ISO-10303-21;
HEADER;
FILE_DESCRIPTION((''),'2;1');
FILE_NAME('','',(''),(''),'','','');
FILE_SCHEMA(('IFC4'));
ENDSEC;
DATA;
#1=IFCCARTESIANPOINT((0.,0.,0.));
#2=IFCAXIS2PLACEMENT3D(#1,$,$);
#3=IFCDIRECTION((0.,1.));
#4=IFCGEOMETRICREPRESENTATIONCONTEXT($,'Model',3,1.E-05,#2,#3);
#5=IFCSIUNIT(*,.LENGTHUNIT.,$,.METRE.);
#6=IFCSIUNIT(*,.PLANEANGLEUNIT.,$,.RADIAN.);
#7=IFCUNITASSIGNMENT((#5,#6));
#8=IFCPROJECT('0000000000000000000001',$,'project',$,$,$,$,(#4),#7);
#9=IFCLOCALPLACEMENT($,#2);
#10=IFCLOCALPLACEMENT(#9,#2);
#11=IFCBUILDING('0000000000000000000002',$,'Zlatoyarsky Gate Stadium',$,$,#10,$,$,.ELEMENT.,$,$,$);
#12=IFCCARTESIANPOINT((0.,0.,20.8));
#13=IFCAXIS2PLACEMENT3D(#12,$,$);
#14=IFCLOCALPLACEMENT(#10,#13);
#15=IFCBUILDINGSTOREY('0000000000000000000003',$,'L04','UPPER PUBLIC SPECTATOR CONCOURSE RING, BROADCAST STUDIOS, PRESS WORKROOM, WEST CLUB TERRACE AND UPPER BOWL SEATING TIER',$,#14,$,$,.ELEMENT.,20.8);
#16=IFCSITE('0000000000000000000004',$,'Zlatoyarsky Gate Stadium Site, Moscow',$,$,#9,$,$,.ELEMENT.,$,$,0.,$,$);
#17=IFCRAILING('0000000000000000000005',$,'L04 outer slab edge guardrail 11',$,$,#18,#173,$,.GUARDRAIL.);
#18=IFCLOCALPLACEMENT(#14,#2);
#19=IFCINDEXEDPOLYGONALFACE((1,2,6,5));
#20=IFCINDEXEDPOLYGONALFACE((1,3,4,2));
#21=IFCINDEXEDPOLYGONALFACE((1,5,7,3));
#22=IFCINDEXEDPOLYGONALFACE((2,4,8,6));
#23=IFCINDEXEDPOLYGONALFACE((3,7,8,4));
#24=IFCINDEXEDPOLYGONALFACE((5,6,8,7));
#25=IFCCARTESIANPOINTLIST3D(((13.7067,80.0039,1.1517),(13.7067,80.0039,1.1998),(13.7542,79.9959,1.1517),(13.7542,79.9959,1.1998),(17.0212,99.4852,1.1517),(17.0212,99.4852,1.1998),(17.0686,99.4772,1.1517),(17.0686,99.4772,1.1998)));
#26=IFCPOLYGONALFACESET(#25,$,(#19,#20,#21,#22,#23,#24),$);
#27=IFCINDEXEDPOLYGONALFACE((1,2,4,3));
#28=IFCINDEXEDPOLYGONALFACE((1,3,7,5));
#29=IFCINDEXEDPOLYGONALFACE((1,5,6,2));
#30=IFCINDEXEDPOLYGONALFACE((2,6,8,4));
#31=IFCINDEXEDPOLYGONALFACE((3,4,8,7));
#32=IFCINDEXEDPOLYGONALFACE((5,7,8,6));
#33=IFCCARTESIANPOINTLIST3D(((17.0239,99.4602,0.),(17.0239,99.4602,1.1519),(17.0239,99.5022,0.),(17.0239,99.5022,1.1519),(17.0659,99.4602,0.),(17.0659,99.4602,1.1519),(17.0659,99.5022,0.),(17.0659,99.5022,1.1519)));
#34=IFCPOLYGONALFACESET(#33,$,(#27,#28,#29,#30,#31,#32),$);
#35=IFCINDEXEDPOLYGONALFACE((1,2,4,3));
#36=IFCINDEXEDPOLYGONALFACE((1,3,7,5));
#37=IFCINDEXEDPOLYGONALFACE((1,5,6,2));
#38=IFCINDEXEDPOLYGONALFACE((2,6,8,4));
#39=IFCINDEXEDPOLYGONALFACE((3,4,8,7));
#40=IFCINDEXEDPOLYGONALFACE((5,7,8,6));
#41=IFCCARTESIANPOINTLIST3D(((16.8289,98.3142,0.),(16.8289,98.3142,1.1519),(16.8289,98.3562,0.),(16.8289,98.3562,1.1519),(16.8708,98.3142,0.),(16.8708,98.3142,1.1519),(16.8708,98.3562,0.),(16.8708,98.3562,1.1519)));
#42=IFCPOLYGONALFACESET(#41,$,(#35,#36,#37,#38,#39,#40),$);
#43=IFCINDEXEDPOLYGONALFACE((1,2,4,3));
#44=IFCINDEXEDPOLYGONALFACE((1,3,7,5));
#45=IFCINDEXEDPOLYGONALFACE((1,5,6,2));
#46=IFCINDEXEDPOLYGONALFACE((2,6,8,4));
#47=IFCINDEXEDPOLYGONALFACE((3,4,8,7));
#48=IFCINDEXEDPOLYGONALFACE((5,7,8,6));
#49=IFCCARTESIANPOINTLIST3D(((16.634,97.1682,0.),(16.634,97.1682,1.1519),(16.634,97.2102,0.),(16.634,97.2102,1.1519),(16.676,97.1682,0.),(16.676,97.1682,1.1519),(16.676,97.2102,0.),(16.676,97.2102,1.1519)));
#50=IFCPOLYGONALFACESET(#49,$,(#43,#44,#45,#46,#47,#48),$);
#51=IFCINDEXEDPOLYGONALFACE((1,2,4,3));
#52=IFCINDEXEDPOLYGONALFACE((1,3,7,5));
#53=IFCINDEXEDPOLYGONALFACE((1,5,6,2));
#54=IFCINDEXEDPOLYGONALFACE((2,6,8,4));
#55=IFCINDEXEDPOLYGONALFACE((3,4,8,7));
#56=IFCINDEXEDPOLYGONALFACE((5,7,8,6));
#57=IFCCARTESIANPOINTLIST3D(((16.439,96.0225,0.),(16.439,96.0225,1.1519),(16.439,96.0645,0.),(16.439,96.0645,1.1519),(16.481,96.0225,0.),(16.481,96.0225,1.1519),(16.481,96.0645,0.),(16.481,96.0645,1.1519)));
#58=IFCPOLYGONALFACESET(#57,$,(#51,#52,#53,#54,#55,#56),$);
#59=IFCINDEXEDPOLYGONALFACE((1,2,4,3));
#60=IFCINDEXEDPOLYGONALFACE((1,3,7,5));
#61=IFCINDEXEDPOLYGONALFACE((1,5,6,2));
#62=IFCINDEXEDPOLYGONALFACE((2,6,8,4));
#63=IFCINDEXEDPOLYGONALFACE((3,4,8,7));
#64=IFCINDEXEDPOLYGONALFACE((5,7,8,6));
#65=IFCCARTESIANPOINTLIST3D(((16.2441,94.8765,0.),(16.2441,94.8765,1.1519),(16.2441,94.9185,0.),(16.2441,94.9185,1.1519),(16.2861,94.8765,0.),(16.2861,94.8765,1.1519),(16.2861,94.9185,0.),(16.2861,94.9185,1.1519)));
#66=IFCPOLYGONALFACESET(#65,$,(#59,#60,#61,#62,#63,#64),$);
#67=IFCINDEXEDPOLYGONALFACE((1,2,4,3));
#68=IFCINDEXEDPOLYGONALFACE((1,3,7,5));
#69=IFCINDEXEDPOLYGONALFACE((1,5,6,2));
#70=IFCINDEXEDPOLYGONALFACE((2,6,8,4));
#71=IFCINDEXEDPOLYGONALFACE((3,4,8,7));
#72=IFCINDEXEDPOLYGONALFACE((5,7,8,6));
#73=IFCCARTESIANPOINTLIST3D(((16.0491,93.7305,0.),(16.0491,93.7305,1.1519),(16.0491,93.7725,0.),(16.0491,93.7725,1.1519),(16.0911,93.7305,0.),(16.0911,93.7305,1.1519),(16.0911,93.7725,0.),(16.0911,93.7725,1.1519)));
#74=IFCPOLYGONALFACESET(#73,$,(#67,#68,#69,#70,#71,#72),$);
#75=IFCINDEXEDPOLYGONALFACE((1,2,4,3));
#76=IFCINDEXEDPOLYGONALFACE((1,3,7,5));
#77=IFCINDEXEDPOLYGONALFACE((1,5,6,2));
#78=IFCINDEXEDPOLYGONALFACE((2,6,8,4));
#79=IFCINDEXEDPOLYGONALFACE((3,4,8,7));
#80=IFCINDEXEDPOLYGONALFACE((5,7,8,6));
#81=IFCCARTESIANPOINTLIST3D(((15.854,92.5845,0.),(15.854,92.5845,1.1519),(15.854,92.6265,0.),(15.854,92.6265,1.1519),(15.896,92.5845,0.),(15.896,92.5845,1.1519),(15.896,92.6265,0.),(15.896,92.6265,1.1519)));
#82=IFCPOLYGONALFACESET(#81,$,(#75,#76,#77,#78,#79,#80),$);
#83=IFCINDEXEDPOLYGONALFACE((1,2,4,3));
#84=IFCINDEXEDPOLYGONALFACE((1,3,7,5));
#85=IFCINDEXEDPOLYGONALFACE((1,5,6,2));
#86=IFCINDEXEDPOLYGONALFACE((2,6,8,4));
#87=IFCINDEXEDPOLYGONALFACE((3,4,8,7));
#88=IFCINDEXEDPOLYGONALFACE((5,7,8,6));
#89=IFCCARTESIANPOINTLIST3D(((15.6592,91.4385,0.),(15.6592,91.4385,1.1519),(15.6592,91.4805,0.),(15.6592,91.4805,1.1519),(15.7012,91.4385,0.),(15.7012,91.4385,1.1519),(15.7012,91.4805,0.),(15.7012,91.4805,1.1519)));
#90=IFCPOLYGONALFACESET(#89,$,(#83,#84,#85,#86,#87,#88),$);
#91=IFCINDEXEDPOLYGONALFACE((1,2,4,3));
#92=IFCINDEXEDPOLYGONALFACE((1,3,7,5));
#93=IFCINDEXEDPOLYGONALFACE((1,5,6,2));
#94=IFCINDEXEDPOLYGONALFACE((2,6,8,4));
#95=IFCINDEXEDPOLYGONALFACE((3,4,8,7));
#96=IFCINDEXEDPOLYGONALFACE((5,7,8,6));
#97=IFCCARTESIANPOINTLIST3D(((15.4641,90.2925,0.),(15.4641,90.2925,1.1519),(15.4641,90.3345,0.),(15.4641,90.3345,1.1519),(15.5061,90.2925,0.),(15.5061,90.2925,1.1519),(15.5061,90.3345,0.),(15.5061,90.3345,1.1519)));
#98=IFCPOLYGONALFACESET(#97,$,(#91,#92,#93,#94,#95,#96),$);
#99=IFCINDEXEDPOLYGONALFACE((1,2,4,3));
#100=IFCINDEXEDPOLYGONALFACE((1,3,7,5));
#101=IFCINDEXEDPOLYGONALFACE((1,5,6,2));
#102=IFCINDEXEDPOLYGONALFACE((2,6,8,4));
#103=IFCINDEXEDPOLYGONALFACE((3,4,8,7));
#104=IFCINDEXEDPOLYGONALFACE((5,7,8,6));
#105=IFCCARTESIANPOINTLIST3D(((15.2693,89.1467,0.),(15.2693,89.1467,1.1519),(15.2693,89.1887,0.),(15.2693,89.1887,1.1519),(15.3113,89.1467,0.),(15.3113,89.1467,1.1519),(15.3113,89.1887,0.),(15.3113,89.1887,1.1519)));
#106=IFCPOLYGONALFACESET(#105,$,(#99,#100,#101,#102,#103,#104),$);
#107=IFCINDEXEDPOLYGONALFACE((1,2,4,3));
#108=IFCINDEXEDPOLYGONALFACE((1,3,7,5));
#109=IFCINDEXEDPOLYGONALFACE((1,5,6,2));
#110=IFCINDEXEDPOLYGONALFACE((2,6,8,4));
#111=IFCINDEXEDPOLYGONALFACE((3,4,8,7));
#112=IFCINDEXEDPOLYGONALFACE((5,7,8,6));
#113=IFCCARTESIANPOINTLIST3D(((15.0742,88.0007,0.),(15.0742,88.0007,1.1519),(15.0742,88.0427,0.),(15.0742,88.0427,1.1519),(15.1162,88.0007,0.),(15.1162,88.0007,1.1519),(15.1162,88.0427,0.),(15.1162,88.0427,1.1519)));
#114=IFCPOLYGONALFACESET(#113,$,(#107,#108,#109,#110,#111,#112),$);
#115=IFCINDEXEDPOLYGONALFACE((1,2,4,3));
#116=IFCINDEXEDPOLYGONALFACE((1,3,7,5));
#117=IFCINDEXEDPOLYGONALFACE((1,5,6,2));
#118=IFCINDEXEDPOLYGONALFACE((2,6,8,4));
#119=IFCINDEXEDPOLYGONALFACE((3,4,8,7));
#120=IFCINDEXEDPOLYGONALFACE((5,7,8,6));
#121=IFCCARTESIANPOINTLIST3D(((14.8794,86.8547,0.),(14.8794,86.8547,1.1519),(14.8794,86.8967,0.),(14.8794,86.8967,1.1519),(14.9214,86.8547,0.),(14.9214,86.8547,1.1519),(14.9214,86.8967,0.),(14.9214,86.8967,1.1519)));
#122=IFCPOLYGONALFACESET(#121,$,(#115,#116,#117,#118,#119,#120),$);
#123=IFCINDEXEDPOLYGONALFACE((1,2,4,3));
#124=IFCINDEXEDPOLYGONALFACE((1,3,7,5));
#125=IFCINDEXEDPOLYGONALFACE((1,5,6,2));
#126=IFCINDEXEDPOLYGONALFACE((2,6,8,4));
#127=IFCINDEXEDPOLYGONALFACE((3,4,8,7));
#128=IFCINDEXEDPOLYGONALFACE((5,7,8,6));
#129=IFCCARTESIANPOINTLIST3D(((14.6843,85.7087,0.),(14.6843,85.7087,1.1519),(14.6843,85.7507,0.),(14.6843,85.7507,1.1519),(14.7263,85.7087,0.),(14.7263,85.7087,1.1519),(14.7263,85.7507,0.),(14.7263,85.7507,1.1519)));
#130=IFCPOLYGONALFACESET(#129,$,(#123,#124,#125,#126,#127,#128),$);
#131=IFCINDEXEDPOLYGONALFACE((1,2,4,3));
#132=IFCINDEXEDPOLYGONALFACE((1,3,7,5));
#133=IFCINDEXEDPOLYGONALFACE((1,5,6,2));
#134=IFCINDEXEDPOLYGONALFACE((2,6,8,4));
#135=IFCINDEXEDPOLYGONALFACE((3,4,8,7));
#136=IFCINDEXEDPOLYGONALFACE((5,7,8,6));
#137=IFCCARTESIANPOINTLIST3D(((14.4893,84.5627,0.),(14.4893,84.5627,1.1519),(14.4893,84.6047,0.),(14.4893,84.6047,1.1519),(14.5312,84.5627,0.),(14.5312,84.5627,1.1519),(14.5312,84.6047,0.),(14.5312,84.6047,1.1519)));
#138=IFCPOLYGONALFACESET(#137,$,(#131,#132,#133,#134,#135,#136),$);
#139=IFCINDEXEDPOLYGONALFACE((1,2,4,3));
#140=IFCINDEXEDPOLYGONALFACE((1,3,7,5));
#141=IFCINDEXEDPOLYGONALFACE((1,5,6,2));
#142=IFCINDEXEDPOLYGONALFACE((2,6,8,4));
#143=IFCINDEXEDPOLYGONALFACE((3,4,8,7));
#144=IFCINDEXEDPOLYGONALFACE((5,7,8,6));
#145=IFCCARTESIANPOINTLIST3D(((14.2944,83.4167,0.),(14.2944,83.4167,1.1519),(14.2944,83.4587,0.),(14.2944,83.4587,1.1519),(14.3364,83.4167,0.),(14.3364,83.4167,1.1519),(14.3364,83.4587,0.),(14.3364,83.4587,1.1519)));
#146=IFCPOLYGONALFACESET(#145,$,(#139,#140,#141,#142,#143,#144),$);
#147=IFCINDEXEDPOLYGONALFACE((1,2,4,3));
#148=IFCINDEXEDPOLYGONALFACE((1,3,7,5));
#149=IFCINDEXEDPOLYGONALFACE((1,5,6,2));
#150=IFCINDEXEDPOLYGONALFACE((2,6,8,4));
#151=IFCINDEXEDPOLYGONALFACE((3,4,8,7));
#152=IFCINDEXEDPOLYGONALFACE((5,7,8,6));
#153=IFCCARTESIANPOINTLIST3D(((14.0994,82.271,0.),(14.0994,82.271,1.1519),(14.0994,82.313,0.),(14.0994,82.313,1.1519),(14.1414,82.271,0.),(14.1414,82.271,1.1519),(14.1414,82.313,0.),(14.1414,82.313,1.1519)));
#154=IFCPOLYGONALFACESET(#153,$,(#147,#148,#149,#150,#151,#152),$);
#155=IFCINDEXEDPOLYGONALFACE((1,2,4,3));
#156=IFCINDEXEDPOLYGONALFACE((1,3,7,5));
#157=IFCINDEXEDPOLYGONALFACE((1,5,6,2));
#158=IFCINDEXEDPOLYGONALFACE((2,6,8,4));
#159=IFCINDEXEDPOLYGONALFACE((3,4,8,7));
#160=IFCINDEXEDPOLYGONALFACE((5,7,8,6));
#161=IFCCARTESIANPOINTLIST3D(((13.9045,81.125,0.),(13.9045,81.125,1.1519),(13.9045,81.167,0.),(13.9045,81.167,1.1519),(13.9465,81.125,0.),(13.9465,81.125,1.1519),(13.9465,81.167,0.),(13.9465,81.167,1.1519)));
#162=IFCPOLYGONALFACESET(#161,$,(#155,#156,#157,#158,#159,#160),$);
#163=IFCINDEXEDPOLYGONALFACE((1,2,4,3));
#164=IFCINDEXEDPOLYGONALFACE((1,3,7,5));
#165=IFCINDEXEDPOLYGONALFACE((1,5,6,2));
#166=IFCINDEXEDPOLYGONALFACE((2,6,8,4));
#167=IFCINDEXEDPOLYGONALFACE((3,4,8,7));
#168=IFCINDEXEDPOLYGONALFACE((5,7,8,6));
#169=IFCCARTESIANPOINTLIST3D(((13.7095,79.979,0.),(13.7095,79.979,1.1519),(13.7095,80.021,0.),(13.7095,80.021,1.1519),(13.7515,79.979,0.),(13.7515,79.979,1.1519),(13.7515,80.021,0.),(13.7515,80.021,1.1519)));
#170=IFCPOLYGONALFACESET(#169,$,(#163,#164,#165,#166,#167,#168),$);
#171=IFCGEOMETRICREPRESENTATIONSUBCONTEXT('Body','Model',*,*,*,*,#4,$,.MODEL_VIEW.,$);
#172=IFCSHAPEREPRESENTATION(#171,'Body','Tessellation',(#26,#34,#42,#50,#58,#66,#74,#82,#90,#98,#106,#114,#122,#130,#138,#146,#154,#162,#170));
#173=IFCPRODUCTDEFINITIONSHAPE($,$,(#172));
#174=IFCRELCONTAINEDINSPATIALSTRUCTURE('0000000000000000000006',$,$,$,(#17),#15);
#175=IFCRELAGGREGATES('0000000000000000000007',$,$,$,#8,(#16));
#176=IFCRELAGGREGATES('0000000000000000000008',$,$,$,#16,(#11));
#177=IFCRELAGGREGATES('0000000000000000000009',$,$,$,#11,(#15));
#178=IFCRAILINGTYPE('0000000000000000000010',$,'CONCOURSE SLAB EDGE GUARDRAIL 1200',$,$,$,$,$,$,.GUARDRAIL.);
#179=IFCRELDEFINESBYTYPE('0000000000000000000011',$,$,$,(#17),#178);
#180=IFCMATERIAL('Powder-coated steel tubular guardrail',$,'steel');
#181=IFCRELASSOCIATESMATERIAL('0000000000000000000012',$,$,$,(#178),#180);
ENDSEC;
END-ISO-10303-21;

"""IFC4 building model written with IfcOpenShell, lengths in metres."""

from ifc_helpers import new_model, si_unit, direction, frame, origin, origin_2d, place, context, subcontext, project, spatial, rectangle, extrude, material, type_object, element, save


model = new_model("IFC4")

# Units and contexts
model_context = context("Model", 3, precision=1e-05, world=origin(), true_north=direction((0.0, 1.0)))
body_context = subcontext(model_context, "Body", "Model", "MODEL_VIEW")
ifc_project = project(units=[si_unit("LENGTHUNIT", "METRE"), si_unit("PLANEANGLEUNIT", "RADIAN")], contexts=[model_context])

# Site, building, storey
site_placement = place(None, origin())
site = spatial("IfcSite", under=ifc_project, at=site_placement, Name="Zlatoyarsky Gate Stadium Site, Moscow", CompositionType="ELEMENT", RefElevation=0.0)
building_placement = place(site_placement, origin())
building = spatial("IfcBuilding", under=site, at=building_placement, Name="Zlatoyarsky Gate Stadium", CompositionType="ELEMENT")
storey_placement = place(building_placement, frame((0.0, 0.0, 20.8)))
storey = spatial("IfcBuildingStorey", under=building, at=storey_placement, Name="L04", Description="UPPER PUBLIC SPECTATOR CONCOURSE RING, BROADCAST STUDIOS, PRESS WORKROOM, WEST CLUB TERRACE AND UPPER BOWL SEATING TIER", CompositionType="ELEMENT", Elevation=20.8)

# Railing
ifc_material_1 = material(Name="Powder-coated steel tubular guardrail", Category="steel")
railing_type = type_object("IfcRailingType", Name="CONCOURSE SLAB EDGE GUARDRAIL 1200", PredefinedType="GUARDRAIL", material=ifc_material_1)
railing_placement = place(storey_placement, frame((17.0449, 99.4812, 0.0)))
element("IfcRailing", 1, at=railing_placement, inside=storey, type_object=railing_type, Name="L04 outer slab edge guardrail 11", PredefinedType="GUARDRAIL", context=body_context, shape_type="SweptSolid", body=[
    extrude(rectangle(XDim=0.0481, YDim=0.0481, at=origin_2d()), frame((0.0, 0.0, 1.1758), z_axis=(-0.167726, -0.985834, 0.0), x_axis=(0.985834, -0.167726, 0.0)), (0.0, 0.0, 1.0), 19.7612),
    extrude(rectangle(XDim=0.042, YDim=0.042, at=origin_2d()), origin(), (0.0, 0.0, 1.0), 1.1519),
    extrude(rectangle(XDim=0.042, YDim=0.042, at=origin_2d()), frame((-0.1951, -1.146, 0.0)), (0.0, 0.0, 1.0), 1.1519),
    extrude(rectangle(XDim=0.042, YDim=0.042, at=origin_2d()), frame((-0.3899, -2.292, 0.0)), (0.0, 0.0, 1.0), 1.1519),
    extrude(rectangle(XDim=0.042, YDim=0.042, at=origin_2d()), frame((-0.585, -3.4377, 0.0)), (0.0, 0.0, 1.0), 1.1519),
    extrude(rectangle(XDim=0.042, YDim=0.042, at=origin_2d()), frame((-0.7798, -4.5837, 0.0)), (0.0, 0.0, 1.0), 1.1519),
    extrude(rectangle(XDim=0.042, YDim=0.042, at=origin_2d()), frame((-0.9749, -5.7297, 0.0)), (0.0, 0.0, 1.0), 1.1519),
    extrude(rectangle(XDim=0.042, YDim=0.042, at=origin_2d()), frame((-1.1699, -6.8757, 0.0)), (0.0, 0.0, 1.0), 1.1519),
    extrude(rectangle(XDim=0.042, YDim=0.042, at=origin_2d()), frame((-1.3647, -8.0217, 0.0)), (0.0, 0.0, 1.0), 1.1519),
    extrude(rectangle(XDim=0.042, YDim=0.042, at=origin_2d()), frame((-1.5598, -9.1677, 0.0)), (0.0, 0.0, 1.0), 1.1519),
    extrude(rectangle(XDim=0.042, YDim=0.042, at=origin_2d()), frame((-1.7546, -10.3135, 0.0)), (0.0, 0.0, 1.0), 1.1519),
    extrude(rectangle(XDim=0.042, YDim=0.042, at=origin_2d()), frame((-1.9497, -11.4595, 0.0)), (0.0, 0.0, 1.0), 1.1519),
    extrude(rectangle(XDim=0.042, YDim=0.042, at=origin_2d()), frame((-2.1445, -12.6055, 0.0)), (0.0, 0.0, 1.0), 1.1519),
    extrude(rectangle(XDim=0.042, YDim=0.042, at=origin_2d()), frame((-2.3396, -13.7515, 0.0)), (0.0, 0.0, 1.0), 1.1519),
    extrude(rectangle(XDim=0.042, YDim=0.042, at=origin_2d()), frame((-2.5347, -14.8975, 0.0)), (0.0, 0.0, 1.0), 1.1519),
    extrude(rectangle(XDim=0.042, YDim=0.042, at=origin_2d()), frame((-2.7295, -16.0435, 0.0)), (0.0, 0.0, 1.0), 1.1519),
    extrude(rectangle(XDim=0.042, YDim=0.042, at=origin_2d()), frame((-2.9246, -17.1892, 0.0)), (0.0, 0.0, 1.0), 1.1519),
    extrude(rectangle(XDim=0.042, YDim=0.042, at=origin_2d()), frame((-3.1194, -18.3352, 0.0)), (0.0, 0.0, 1.0), 1.1519),
    extrude(rectangle(XDim=0.042, YDim=0.042, at=origin_2d()), frame((-3.3145, -19.4812, 0.0)), (0.0, 0.0, 1.0), 1.1519),
])

save(model, "model.ifc")
